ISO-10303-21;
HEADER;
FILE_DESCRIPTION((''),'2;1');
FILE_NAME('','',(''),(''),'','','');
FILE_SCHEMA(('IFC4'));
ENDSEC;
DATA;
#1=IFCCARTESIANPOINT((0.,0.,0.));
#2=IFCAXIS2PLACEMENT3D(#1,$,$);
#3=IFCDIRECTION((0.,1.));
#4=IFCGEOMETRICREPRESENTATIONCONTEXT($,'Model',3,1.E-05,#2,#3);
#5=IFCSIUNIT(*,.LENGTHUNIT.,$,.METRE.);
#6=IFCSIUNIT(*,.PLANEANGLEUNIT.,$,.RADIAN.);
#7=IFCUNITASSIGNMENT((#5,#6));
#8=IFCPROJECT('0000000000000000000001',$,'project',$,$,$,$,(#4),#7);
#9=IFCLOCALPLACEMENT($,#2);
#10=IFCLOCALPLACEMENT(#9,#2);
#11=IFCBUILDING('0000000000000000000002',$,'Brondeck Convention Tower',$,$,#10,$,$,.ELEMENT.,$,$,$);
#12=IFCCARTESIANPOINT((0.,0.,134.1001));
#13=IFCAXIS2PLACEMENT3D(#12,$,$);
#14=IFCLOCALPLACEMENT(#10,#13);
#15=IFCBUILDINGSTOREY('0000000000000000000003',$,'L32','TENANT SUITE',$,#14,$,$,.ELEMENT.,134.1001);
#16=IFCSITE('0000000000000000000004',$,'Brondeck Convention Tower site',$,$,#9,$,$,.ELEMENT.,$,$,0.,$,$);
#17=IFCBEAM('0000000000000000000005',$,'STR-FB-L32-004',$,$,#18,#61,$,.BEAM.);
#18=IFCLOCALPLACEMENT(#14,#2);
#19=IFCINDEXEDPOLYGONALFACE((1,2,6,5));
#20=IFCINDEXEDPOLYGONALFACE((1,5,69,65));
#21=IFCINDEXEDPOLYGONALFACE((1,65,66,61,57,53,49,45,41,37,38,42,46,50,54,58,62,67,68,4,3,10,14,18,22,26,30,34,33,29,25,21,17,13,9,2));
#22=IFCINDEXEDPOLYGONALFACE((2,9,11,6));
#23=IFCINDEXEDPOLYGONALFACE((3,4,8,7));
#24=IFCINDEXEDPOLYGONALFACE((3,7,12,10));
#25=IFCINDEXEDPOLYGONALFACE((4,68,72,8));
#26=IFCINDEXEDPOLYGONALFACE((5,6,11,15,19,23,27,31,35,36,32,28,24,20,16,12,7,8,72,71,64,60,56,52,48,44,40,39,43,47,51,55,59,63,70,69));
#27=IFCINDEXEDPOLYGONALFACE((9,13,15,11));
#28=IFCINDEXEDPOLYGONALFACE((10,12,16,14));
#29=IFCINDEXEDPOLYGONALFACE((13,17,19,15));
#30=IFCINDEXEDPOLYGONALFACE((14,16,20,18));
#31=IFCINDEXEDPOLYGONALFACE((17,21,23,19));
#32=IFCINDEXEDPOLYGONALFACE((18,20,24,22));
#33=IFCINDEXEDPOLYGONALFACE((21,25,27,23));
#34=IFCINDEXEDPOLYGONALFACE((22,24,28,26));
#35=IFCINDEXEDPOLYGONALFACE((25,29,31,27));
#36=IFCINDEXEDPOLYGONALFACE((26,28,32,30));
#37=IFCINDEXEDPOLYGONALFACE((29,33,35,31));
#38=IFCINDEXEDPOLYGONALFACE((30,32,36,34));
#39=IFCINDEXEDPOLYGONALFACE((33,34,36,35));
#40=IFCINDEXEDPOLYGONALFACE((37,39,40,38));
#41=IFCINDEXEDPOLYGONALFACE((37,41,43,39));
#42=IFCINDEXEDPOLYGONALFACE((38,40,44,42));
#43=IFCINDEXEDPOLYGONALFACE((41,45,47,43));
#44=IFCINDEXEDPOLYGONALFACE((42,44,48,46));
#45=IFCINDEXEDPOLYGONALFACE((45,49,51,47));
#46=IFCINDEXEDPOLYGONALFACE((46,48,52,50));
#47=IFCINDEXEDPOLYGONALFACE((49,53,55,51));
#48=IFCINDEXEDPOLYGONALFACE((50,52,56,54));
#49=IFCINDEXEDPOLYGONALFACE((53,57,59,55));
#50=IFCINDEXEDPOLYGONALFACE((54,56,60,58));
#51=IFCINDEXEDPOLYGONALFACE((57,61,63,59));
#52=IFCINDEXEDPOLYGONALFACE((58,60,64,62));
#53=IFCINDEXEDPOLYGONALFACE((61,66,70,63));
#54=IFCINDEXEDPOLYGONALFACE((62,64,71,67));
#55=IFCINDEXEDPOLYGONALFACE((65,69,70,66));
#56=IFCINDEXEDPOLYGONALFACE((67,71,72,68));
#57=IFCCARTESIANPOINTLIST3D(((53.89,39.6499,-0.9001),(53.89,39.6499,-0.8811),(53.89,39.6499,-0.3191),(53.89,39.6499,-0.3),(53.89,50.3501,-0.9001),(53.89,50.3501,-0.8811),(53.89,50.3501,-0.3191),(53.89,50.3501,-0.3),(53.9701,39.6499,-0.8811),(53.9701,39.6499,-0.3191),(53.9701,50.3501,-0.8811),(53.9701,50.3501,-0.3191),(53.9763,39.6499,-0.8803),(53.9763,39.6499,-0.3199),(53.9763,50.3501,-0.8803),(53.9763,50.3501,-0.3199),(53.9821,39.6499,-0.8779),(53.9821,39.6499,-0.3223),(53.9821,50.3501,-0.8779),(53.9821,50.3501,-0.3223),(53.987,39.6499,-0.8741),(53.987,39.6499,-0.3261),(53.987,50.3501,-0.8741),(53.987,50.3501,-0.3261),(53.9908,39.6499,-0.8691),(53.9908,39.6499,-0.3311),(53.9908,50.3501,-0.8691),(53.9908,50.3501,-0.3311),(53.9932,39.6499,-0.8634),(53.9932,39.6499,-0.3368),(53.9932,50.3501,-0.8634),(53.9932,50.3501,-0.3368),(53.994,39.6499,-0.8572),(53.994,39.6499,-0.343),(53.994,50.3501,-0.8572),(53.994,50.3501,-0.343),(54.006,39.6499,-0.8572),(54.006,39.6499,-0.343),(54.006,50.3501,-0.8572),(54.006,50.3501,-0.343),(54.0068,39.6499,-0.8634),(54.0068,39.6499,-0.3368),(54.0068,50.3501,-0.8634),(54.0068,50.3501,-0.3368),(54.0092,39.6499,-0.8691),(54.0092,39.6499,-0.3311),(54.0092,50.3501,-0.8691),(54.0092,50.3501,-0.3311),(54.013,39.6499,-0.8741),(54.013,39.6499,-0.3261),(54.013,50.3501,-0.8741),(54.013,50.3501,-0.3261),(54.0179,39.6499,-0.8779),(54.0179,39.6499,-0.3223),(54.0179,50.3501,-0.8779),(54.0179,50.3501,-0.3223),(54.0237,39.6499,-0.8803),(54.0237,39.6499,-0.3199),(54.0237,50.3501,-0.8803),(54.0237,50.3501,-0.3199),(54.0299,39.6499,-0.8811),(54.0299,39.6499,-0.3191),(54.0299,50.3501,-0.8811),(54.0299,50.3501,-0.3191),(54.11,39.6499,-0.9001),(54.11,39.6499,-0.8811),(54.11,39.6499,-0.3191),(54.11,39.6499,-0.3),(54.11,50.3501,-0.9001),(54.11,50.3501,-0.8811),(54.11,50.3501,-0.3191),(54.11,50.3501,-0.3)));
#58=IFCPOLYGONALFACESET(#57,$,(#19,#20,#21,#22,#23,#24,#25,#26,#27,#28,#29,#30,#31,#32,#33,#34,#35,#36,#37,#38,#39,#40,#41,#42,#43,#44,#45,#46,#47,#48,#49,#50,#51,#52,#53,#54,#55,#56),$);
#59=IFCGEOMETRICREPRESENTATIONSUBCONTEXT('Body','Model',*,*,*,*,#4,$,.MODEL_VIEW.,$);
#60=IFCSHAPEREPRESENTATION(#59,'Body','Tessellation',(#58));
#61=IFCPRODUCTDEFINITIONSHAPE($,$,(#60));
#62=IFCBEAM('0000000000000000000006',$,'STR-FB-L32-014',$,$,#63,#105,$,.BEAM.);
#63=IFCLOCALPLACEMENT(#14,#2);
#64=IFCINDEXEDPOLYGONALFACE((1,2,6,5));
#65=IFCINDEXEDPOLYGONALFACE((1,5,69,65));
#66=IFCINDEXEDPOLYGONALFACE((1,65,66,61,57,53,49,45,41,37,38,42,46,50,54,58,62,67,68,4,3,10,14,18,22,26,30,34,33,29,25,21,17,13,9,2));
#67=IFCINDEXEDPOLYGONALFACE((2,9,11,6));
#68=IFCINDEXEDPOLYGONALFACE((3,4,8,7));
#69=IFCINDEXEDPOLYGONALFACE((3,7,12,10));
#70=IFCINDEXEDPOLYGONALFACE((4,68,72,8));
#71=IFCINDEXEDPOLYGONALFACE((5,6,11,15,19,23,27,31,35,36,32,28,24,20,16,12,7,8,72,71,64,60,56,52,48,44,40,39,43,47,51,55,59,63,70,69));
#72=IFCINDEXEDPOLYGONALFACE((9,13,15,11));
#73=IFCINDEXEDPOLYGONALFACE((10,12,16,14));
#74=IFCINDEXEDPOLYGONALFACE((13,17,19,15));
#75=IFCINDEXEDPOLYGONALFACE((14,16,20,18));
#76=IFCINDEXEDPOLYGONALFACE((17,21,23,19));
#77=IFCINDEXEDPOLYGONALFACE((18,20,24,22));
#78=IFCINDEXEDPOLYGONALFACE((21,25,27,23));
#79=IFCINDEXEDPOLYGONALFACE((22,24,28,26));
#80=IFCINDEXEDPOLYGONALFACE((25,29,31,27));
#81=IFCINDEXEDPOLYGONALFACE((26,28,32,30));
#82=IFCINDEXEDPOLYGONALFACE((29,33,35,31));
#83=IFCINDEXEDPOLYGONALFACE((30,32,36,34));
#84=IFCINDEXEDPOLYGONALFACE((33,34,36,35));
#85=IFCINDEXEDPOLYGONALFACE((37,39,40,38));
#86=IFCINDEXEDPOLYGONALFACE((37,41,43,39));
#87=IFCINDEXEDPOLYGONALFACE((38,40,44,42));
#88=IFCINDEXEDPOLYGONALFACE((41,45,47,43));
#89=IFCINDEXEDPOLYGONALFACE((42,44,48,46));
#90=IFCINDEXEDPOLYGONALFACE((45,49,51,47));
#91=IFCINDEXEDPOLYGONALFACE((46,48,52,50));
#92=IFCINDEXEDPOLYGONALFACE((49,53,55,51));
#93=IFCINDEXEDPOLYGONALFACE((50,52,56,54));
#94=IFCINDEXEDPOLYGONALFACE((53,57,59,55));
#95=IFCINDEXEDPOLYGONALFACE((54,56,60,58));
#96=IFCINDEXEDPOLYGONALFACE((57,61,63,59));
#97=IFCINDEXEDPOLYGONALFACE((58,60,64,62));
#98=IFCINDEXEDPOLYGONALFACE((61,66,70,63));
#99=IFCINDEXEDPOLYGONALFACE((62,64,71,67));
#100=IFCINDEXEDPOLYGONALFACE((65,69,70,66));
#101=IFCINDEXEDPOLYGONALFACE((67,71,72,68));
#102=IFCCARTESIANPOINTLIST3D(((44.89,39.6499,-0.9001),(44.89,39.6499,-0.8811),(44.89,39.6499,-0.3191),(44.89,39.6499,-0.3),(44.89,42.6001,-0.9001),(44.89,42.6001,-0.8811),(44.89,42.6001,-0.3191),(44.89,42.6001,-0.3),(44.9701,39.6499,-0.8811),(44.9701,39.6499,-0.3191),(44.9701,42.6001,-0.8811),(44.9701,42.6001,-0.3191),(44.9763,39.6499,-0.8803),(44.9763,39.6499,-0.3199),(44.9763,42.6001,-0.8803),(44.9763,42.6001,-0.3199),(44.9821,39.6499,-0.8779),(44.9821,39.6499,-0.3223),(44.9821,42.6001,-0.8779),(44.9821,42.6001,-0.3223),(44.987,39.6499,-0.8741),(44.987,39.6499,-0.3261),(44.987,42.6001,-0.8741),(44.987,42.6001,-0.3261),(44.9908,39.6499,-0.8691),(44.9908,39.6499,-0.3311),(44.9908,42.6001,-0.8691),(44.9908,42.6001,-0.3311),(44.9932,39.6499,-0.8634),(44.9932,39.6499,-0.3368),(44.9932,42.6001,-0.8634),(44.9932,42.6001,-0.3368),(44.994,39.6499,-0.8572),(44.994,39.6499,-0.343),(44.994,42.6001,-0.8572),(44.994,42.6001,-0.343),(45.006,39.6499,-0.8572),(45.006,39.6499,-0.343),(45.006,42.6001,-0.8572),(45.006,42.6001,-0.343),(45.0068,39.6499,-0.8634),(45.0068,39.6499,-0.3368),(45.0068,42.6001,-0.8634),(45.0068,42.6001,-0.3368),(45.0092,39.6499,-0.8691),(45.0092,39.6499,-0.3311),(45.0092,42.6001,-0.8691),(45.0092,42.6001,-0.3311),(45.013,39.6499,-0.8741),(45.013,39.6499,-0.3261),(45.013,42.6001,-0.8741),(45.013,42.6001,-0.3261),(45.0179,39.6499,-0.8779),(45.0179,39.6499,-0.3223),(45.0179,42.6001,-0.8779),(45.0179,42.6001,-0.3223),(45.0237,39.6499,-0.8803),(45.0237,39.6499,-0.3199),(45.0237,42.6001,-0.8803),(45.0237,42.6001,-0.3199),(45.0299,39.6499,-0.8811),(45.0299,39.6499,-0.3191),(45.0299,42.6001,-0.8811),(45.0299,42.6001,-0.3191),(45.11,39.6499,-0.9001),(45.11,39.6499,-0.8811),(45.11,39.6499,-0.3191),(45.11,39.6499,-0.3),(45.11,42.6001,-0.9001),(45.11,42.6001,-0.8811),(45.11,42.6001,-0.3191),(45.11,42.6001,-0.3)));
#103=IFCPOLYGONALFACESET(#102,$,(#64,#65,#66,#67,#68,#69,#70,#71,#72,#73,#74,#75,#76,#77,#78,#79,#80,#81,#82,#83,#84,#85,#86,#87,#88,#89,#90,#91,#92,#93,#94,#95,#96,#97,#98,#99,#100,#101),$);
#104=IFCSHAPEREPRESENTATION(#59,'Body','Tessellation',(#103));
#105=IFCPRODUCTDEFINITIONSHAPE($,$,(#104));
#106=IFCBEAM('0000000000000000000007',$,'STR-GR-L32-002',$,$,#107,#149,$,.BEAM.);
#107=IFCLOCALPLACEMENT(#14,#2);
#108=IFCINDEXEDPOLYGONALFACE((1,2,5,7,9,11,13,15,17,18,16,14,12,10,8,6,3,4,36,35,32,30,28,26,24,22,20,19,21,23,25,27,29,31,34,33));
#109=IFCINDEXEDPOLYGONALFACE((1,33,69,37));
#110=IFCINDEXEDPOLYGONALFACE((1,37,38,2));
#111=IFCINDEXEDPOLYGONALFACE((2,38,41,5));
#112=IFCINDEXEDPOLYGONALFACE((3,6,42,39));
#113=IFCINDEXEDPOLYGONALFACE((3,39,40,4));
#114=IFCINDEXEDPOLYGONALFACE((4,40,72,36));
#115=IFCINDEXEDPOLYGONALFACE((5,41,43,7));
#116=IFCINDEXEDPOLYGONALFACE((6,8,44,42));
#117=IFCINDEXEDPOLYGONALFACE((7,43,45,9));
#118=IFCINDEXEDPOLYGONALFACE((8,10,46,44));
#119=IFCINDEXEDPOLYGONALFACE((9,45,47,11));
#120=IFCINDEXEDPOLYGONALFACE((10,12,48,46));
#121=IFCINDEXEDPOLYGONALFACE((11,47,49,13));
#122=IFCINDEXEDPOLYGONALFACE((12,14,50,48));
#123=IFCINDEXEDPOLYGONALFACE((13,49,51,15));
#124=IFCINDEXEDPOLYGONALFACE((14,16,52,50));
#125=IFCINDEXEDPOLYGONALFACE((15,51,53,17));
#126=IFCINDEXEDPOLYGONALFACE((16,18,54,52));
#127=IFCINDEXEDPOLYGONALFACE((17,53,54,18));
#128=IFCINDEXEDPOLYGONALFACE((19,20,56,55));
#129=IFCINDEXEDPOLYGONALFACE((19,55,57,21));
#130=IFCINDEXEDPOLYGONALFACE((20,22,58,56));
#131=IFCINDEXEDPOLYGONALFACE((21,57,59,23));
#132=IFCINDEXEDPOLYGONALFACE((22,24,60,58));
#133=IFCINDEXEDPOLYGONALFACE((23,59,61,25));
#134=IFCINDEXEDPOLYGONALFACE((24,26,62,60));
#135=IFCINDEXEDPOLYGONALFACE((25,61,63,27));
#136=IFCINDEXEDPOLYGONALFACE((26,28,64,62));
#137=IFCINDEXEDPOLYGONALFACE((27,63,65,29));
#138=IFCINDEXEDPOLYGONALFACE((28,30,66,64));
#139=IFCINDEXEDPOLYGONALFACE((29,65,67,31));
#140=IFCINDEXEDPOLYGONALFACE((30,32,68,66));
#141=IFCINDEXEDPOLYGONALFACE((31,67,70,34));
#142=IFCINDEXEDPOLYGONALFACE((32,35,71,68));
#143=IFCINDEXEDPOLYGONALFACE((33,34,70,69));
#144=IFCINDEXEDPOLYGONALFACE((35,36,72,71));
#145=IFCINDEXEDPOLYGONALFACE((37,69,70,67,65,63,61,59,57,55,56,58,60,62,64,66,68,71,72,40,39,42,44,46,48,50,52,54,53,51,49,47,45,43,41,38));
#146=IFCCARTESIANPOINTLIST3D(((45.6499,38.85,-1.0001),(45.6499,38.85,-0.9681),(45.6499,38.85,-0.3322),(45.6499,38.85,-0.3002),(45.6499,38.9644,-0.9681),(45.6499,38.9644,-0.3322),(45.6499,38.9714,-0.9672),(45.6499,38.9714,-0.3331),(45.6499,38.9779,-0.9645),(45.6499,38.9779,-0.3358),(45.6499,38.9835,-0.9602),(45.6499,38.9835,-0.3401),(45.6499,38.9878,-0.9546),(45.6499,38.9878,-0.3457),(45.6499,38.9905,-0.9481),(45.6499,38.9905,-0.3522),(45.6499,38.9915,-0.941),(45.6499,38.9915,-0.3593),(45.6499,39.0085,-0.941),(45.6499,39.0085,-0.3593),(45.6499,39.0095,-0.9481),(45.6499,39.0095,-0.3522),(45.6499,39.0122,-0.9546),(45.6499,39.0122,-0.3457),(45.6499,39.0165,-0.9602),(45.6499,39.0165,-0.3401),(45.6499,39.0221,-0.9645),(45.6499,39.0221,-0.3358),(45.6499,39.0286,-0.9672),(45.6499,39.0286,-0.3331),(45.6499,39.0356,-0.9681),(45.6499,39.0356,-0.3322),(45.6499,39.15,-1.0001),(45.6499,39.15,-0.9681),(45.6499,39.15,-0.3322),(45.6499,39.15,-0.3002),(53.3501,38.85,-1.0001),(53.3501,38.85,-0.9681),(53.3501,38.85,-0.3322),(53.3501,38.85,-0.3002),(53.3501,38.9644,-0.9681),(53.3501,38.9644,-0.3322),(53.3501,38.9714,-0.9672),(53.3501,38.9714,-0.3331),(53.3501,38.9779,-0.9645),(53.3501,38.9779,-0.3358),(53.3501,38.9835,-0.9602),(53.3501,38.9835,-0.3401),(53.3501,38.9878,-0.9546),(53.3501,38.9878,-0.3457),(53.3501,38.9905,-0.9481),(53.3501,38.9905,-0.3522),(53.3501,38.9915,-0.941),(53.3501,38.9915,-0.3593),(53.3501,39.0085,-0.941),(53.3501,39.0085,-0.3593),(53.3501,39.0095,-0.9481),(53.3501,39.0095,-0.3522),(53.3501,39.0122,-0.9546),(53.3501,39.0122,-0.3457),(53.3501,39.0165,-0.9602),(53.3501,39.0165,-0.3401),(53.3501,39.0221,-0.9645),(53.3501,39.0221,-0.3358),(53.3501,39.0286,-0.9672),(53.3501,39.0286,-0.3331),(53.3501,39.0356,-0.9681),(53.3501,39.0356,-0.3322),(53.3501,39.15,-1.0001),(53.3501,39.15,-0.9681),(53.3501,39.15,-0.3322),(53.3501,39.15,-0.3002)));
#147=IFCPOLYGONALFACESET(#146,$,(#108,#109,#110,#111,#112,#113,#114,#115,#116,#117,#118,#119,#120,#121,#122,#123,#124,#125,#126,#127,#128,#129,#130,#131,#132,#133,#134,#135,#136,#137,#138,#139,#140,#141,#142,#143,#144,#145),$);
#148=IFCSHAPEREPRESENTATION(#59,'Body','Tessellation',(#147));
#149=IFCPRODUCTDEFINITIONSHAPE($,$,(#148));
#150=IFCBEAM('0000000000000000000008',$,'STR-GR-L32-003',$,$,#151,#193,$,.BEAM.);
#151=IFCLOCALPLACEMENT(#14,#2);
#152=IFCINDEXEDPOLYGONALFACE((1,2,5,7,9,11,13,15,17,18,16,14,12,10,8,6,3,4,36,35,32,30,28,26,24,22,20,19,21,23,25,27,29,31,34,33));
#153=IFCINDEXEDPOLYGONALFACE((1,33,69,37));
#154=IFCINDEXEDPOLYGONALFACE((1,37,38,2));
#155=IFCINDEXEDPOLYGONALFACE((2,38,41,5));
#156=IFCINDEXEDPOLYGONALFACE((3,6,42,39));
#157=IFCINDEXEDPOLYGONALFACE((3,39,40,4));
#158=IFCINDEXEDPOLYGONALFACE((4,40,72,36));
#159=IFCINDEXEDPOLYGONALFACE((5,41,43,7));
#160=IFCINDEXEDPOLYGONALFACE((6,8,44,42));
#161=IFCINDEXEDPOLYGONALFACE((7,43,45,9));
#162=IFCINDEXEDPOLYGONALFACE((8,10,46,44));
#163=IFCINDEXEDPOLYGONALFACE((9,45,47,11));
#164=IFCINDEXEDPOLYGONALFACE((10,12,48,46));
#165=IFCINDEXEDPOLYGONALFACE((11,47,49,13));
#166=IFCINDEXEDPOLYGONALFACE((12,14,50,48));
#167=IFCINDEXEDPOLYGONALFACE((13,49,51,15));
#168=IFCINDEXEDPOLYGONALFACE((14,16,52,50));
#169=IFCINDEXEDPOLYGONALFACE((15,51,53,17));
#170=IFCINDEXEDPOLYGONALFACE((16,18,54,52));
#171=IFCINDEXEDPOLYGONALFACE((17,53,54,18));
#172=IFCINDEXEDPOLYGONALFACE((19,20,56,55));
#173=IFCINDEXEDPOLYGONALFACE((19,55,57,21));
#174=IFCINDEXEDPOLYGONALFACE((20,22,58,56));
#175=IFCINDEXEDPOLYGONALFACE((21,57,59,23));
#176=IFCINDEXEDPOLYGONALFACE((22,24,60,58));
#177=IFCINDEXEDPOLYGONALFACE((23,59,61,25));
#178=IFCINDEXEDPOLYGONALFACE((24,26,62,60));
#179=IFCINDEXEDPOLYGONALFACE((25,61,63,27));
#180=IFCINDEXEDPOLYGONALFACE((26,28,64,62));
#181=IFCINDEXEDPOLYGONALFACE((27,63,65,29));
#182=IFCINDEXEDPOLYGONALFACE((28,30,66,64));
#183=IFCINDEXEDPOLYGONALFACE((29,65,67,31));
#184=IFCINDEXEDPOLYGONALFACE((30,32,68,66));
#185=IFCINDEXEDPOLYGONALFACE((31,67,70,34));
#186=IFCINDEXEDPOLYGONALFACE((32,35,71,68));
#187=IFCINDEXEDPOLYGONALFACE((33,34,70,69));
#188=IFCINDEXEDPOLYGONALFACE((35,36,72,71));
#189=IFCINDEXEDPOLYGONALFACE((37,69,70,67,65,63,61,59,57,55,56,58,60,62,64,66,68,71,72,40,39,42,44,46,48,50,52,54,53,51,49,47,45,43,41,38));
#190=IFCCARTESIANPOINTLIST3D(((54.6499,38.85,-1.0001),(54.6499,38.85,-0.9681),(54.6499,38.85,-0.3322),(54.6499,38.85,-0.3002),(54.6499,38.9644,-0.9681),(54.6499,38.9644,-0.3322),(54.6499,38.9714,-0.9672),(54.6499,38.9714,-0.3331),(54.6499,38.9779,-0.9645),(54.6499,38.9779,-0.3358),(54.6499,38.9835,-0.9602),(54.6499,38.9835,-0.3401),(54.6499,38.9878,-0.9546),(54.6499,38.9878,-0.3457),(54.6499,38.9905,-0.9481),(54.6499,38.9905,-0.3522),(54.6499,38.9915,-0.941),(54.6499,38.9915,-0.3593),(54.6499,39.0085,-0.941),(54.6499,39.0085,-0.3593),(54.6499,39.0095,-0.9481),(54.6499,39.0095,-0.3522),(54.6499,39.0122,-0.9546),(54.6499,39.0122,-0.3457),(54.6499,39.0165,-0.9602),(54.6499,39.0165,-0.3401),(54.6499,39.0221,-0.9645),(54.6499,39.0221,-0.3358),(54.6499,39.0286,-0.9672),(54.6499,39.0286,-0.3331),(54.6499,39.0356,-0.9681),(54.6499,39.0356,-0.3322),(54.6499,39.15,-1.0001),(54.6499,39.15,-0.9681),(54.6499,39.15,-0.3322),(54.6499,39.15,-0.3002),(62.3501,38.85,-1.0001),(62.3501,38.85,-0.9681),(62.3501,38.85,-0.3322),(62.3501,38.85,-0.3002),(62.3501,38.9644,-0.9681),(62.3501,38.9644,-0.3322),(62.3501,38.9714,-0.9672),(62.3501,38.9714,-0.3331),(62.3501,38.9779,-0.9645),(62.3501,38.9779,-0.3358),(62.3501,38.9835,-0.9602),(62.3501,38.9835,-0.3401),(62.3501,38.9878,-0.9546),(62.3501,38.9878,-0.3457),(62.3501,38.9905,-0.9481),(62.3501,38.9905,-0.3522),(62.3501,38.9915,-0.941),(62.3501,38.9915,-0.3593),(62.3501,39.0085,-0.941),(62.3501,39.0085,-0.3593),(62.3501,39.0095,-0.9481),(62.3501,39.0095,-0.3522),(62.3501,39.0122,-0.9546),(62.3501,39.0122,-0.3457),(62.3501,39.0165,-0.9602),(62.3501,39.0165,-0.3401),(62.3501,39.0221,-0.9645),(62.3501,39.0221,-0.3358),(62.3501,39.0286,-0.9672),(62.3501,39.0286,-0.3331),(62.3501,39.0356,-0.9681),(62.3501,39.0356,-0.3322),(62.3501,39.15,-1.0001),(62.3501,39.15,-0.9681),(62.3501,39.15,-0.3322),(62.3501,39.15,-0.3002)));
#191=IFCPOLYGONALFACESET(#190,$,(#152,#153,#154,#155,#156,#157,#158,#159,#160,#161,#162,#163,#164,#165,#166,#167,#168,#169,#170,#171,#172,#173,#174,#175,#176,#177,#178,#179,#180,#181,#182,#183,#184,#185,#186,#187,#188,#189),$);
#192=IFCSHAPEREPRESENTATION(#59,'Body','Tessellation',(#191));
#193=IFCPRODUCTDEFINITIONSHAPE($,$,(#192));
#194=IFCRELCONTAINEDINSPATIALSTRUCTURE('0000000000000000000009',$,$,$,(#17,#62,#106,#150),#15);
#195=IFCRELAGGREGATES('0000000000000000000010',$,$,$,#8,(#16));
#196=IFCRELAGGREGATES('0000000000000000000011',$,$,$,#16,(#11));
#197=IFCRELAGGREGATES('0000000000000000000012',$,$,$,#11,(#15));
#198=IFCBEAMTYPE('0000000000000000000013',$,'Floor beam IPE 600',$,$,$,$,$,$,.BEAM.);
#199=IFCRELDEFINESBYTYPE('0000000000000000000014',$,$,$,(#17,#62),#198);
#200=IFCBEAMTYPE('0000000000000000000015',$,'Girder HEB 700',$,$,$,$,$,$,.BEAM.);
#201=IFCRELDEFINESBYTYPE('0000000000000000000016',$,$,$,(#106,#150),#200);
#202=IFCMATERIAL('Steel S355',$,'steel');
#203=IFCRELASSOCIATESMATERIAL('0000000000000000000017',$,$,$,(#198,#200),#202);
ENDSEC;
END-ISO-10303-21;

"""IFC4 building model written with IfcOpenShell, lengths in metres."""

from ifc_helpers import new_model, si_unit, direction, frame, origin, origin_2d, place, context, subcontext, project, spatial, i_section, extrude, material, material_profile, profile_set, type_object, element, save


model = new_model("IFC4")

# Units and contexts
model_context = context("Model", 3, precision=1e-05, world=origin(), true_north=direction((0.0, 1.0)))
body_context = subcontext(model_context, "Body", "Model", "MODEL_VIEW")
ifc_project = project(units=[si_unit("LENGTHUNIT", "METRE"), si_unit("PLANEANGLEUNIT", "RADIAN")], contexts=[model_context])

# Site, building, storey
site_placement = place(None, origin())
site = spatial("IfcSite", under=ifc_project, at=site_placement, Name="Brondeck Convention Tower site", CompositionType="ELEMENT", RefElevation=0.0)
building_placement = place(site_placement, origin())
building = spatial("IfcBuilding", under=site, at=building_placement, Name="Brondeck Convention Tower", CompositionType="ELEMENT")
storey_placement = place(building_placement, frame((0.0, 0.0, 134.1001)))
storey = spatial("IfcBuildingStorey", under=building, at=storey_placement, Name="L32", Description="TENANT SUITE", CompositionType="ELEMENT", Elevation=134.1001)

# Beams
ifc_material_1 = material(Name="Steel S355", Category="steel")
ifc_material_profile_1 = material_profile(ifc_material_1, i_section(OverallWidth=0.22, OverallDepth=0.6001, WebThickness=0.012, FlangeThickness=0.019, FilletRadius=0.0239, at=origin_2d()), Name="IPE 600")
ifc_profile_set_1 = profile_set([ifc_material_profile_1], Name="Steel S355")
beam_type_1 = type_object("IfcBeamType", Name="Floor beam IPE 600", PredefinedType="BEAM", material=ifc_profile_set_1)
beam_1_placement = place(storey_placement, frame((54.0, 39.6499, -0.6001), z_axis=(0.0, 1.0, 0.0), x_axis=(-1.0, 0.0, 0.0)))
element("IfcBeam", 1, at=beam_1_placement, inside=storey, type_object=beam_type_1, Name="STR-FB-L32-004", PredefinedType="BEAM", context=body_context, shape_type="SweptSolid", body=[
    extrude(i_section(OverallWidth=0.22, OverallDepth=0.6001, WebThickness=0.012, FlangeThickness=0.019, FilletRadius=0.0239, at=origin_2d()), origin(), (0.0, 0.0, 1.0), 10.7002),
])
beam_2_placement = place(storey_placement, frame((45.0, 39.6499, -0.6001), z_axis=(0.0, 1.0, 0.0), x_axis=(-1.0, 0.0, 0.0)))
element("IfcBeam", 2, at=beam_2_placement, inside=storey, type_object=beam_type_1, Name="STR-FB-L32-014", PredefinedType="BEAM", context=body_context, shape_type="SweptSolid", body=[
    extrude(i_section(OverallWidth=0.22, OverallDepth=0.6001, WebThickness=0.012, FlangeThickness=0.019, FilletRadius=0.0239, at=origin_2d()), origin(), (0.0, 0.0, 1.0), 2.9502),
])
ifc_material_profile_2 = material_profile(ifc_material_1, i_section(OverallWidth=0.3, OverallDepth=0.7, WebThickness=0.0171, FlangeThickness=0.032, FilletRadius=0.0271, at=origin_2d()), Name="HEB 700")
ifc_profile_set_2 = profile_set([ifc_material_profile_2], Name="Steel S355")
beam_type_2 = type_object("IfcBeamType", Name="Girder HEB 700", PredefinedType="BEAM", material=ifc_profile_set_2)
for number, where, z_axis, x_axis, name in (
    (3, (45.6499, 39.0, -0.6501), (1.0, 0.0, 0.0), (0.0, 1.0, 0.0), "STR-GR-L32-002"),
    (4, (54.6499, 39.0, -0.6501), (1.0, 0.0, 0.0), (0.0, 1.0, 0.0), "STR-GR-L32-003"),
):
    element("IfcBeam", number, at=place(storey_placement, frame(where, z_axis=z_axis, x_axis=x_axis)), inside=storey, type_object=beam_type_2, Name=name, PredefinedType="BEAM", context=body_context, shape_type="SweptSolid", body=[
        extrude(i_section(OverallWidth=0.3, OverallDepth=0.7, WebThickness=0.0171, FlangeThickness=0.032, FilletRadius=0.0271, at=origin_2d()), origin(), (0.0, 0.0, 1.0), 7.7002),
    ])

save(model, "model.ifc")
